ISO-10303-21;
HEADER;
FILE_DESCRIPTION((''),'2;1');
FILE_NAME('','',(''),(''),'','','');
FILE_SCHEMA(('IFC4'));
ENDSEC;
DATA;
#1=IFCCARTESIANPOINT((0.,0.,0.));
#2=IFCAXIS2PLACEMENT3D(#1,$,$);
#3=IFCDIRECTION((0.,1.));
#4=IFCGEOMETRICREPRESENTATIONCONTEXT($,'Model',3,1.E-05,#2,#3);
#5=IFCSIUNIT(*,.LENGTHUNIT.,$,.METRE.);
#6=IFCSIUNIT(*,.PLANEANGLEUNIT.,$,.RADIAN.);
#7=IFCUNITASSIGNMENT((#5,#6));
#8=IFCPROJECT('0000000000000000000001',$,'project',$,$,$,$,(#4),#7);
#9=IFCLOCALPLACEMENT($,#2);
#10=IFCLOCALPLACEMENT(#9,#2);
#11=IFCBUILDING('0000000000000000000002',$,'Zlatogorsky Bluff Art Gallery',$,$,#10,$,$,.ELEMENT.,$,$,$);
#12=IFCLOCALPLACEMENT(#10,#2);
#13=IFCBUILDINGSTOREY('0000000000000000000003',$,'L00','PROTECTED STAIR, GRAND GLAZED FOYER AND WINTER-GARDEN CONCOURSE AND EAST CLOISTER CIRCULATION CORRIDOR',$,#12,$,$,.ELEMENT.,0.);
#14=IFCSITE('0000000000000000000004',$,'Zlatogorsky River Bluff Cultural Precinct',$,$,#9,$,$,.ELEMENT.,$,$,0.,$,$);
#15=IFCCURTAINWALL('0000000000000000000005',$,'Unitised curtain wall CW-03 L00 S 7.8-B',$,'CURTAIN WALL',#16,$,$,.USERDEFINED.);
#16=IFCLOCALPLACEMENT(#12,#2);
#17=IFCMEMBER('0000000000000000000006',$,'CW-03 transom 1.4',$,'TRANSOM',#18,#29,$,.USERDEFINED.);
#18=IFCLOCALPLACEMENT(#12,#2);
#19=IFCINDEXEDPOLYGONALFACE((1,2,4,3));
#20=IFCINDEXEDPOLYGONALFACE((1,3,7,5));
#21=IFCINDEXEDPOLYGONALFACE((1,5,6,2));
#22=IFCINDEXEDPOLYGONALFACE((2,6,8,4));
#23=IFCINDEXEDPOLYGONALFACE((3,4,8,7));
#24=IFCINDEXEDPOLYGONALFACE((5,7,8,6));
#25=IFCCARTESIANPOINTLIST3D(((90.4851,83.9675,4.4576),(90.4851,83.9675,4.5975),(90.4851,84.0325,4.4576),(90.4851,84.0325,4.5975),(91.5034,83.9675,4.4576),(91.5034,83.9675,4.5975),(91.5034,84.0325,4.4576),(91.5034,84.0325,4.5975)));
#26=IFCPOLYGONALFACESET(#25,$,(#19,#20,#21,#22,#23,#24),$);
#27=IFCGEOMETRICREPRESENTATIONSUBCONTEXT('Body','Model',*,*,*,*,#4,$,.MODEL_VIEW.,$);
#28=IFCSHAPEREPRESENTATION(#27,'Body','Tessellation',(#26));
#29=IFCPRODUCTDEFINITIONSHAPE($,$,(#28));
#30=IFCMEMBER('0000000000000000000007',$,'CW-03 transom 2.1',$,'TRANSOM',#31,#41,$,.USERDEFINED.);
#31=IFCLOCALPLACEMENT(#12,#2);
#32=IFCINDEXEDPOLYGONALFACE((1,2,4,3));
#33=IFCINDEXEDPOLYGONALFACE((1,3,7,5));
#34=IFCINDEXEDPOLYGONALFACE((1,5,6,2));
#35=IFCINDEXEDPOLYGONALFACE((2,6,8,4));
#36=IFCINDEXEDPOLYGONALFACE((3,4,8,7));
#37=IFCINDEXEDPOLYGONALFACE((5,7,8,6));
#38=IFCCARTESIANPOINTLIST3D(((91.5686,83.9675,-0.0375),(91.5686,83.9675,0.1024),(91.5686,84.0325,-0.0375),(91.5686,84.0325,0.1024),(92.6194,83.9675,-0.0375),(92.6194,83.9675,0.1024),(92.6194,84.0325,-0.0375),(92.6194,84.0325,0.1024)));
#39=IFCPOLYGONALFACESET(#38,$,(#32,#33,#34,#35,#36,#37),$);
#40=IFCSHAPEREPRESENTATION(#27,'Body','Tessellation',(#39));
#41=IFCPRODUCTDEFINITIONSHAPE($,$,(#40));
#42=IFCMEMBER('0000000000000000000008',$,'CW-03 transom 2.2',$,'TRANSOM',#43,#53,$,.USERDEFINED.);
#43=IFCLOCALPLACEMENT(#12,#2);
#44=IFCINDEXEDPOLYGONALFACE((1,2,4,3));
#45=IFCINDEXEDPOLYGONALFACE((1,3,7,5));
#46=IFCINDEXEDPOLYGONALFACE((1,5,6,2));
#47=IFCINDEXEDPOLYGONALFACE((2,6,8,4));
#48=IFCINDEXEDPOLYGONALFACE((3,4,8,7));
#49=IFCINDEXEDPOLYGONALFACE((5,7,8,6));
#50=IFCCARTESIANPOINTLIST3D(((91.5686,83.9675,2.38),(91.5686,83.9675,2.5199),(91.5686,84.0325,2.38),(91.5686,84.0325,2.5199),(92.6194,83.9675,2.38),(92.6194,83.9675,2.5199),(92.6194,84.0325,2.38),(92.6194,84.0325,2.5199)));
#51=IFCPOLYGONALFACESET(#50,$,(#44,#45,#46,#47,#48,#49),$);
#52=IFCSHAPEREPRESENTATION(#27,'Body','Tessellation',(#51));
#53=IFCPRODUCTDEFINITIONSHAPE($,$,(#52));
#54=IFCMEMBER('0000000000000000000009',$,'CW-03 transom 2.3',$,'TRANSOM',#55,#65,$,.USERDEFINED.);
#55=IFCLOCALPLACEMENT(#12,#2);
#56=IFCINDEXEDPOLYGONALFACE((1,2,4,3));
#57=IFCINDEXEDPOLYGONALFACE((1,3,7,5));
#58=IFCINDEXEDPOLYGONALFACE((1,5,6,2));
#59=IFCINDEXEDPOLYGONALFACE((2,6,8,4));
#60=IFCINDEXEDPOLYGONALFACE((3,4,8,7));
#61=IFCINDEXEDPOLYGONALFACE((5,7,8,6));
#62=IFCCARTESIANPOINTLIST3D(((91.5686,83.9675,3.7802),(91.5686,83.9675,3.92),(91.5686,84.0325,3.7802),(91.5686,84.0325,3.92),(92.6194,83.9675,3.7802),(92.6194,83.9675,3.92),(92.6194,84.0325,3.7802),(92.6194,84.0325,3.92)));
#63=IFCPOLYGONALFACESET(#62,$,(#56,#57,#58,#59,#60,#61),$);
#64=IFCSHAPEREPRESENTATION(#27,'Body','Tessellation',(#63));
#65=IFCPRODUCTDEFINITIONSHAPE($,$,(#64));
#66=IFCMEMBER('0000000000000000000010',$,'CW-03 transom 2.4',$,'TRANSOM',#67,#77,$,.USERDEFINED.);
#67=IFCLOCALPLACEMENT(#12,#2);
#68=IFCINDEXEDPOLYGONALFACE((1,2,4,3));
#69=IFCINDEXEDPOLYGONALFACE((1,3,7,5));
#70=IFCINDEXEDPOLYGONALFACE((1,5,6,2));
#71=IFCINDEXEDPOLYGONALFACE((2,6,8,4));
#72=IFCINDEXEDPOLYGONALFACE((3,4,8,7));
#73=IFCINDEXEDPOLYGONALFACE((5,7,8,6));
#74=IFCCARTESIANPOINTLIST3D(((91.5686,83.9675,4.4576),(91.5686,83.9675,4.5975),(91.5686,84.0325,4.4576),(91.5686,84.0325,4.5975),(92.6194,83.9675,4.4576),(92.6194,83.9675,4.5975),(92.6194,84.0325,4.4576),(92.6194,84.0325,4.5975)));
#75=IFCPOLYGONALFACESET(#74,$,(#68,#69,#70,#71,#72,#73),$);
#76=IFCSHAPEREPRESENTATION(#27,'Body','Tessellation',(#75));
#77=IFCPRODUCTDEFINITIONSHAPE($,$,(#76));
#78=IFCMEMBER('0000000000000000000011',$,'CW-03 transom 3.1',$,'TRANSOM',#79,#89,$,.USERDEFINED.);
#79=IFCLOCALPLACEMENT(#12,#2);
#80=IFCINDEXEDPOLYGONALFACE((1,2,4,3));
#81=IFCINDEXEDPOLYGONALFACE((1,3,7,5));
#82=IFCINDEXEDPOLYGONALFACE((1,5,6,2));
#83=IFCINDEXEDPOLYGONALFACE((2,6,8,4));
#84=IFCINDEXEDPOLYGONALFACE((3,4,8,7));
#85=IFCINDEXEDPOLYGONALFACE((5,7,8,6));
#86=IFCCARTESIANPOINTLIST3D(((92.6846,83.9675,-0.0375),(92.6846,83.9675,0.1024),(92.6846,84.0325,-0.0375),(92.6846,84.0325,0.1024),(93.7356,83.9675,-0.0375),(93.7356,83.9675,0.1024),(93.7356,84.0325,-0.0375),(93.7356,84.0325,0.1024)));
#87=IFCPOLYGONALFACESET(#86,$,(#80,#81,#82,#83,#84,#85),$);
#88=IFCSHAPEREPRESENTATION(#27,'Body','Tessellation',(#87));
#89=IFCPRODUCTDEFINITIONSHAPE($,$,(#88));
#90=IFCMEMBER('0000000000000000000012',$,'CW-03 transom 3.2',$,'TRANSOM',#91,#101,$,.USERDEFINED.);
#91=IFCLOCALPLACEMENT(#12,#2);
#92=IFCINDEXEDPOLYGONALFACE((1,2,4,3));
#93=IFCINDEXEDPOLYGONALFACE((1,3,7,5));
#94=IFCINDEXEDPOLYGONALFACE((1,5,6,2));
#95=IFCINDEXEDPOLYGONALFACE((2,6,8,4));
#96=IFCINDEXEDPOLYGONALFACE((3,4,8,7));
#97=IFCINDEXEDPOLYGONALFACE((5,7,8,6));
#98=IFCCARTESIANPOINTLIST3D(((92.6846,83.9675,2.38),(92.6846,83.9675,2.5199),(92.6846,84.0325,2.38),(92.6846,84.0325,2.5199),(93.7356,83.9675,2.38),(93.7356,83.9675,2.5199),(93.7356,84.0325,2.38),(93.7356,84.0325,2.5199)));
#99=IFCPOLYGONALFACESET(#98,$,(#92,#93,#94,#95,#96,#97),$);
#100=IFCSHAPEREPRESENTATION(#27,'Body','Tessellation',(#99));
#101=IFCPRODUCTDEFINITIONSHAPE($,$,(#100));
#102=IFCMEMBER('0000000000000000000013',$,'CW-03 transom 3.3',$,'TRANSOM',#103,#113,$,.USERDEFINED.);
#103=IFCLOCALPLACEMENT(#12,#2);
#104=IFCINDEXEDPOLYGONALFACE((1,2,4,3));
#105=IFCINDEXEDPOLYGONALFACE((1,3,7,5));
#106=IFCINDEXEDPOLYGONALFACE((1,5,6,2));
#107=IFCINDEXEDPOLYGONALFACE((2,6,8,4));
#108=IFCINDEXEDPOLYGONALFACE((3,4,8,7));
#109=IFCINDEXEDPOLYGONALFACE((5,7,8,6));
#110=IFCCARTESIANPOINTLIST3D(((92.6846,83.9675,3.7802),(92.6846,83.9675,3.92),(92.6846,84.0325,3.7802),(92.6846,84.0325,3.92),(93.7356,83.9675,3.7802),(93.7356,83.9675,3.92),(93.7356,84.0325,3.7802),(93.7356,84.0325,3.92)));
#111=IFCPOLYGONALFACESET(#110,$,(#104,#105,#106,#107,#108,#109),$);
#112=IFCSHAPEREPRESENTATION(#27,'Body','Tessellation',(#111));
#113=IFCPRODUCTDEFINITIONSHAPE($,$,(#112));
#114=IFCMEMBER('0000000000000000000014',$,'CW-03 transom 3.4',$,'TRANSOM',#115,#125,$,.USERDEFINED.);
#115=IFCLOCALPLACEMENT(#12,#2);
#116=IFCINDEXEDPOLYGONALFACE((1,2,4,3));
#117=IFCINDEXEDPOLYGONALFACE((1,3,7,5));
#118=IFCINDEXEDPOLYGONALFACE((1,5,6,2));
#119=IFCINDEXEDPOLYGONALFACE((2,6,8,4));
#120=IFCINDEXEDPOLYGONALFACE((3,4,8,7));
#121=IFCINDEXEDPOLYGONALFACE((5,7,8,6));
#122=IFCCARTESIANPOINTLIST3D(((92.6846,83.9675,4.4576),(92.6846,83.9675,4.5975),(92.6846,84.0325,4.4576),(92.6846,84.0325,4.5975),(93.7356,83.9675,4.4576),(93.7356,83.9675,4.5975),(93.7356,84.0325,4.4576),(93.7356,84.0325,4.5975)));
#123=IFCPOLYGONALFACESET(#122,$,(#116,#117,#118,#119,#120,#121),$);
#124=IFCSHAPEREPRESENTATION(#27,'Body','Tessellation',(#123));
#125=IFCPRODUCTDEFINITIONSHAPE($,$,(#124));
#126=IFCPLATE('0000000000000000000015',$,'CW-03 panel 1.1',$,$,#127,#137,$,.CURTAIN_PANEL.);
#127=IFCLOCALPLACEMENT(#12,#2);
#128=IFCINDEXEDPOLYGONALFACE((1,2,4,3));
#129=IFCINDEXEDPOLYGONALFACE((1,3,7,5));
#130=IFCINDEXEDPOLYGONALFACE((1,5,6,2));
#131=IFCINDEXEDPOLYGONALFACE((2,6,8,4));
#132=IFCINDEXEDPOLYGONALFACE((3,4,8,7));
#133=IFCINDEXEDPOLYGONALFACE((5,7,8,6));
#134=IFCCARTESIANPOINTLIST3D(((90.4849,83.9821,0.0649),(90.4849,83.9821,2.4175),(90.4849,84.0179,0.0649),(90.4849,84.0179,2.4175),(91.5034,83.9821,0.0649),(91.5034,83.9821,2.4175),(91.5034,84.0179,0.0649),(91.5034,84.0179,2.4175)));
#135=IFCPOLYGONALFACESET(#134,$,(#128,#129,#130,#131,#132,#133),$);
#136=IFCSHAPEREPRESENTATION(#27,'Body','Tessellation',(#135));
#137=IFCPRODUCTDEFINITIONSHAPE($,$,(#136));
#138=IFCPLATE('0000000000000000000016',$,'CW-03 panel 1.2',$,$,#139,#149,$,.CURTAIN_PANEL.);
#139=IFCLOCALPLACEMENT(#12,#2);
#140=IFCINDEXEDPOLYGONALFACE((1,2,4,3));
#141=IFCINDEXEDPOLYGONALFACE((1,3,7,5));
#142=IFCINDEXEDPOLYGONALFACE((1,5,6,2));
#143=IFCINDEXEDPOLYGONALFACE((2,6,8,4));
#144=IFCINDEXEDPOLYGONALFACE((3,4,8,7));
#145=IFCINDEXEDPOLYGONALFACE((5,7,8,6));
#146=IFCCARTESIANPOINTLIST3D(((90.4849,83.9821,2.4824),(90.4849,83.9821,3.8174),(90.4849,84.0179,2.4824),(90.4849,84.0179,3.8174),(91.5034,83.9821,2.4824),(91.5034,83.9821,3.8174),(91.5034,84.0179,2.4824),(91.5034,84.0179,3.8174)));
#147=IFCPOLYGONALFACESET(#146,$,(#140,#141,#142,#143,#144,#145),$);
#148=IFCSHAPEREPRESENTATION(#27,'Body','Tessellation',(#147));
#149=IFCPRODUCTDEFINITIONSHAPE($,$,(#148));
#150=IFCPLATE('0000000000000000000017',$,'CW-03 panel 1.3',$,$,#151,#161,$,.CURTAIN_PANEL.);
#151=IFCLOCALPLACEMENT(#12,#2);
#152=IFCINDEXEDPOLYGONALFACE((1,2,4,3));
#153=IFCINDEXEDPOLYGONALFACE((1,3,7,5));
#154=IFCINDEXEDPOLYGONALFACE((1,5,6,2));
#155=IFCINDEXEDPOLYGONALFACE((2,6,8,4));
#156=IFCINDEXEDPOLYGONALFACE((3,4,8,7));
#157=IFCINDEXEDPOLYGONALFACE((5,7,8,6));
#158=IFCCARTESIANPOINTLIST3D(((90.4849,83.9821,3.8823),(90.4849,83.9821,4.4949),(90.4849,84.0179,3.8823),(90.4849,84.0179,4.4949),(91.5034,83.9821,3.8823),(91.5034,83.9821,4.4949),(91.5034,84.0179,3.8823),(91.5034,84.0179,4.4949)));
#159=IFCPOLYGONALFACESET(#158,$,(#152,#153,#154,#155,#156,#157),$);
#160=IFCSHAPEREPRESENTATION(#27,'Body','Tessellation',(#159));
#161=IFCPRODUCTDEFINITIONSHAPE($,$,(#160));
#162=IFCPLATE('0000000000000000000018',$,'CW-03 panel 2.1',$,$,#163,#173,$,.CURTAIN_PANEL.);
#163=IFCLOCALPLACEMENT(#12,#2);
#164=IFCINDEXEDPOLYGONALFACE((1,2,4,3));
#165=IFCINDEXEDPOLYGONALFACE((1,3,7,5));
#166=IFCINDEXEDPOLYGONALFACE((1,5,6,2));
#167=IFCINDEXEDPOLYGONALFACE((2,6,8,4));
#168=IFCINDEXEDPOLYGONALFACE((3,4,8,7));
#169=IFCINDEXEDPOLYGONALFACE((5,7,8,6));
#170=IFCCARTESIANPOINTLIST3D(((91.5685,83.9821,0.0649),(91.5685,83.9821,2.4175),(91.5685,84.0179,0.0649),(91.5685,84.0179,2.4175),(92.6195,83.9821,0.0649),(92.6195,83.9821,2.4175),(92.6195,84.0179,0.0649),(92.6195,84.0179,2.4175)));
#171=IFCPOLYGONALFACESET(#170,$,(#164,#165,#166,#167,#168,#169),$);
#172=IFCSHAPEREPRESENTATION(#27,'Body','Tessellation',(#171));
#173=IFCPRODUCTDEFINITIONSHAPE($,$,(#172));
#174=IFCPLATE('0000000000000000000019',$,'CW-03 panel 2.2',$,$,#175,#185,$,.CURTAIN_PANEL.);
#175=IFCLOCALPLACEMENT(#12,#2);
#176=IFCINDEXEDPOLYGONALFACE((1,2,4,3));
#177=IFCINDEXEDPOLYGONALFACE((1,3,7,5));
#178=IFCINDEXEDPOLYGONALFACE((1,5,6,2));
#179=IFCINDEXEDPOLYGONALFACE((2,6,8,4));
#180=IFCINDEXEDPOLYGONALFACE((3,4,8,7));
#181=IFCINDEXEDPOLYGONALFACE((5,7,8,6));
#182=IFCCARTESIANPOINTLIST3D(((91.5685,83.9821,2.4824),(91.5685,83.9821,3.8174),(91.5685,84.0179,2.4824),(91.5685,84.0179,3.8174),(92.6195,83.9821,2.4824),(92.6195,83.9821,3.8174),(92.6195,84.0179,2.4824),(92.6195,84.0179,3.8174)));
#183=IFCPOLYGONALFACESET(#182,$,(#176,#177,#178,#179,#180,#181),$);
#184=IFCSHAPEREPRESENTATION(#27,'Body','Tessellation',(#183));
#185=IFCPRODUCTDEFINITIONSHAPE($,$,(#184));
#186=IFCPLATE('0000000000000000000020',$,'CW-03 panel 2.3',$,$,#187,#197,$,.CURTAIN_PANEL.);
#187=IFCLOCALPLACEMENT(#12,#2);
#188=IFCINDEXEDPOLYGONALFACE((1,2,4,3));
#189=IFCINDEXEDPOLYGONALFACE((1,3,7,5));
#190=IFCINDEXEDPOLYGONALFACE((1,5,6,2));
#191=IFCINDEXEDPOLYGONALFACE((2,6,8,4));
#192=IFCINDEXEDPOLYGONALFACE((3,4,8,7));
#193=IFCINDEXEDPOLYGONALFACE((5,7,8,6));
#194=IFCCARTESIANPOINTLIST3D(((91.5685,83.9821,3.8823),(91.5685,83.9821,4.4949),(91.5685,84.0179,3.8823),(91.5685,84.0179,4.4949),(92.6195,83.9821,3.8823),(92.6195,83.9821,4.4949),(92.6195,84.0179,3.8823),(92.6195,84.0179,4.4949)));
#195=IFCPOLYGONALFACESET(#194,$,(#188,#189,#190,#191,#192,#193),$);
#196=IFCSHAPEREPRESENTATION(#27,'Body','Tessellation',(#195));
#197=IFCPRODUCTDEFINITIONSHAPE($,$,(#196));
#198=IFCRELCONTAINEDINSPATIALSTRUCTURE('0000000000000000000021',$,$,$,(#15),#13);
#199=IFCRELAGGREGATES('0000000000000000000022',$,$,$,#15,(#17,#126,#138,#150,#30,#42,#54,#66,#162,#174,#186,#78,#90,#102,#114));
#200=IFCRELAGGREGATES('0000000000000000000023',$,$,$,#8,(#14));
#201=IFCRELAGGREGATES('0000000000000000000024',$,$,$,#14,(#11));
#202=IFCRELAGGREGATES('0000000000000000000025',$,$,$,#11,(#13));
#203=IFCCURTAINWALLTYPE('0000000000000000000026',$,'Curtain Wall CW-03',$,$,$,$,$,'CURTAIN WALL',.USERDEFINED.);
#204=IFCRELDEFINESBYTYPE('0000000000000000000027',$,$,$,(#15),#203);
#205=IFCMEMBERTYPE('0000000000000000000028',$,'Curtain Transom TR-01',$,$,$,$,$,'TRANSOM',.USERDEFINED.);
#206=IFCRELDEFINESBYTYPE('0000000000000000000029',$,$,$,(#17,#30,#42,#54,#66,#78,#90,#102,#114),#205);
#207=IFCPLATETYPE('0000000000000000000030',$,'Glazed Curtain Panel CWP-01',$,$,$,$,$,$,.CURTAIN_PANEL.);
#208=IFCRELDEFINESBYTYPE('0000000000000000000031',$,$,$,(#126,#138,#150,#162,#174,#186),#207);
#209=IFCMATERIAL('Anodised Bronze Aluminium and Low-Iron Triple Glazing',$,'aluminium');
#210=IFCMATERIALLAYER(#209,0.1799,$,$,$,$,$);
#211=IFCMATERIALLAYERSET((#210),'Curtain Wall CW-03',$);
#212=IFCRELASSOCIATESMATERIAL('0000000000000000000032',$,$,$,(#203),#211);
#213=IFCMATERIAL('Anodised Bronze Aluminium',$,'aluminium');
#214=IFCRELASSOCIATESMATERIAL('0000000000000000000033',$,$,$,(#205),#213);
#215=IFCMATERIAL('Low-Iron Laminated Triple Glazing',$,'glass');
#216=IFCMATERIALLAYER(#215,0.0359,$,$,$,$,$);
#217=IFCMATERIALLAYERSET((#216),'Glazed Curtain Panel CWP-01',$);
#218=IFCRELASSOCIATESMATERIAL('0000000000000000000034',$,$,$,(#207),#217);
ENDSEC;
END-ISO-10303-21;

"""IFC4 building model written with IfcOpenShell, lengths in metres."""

from ifc_helpers import new_model, si_unit, direction, frame, origin, origin_2d, place, context, subcontext, project, spatial, rectangle, extrude, material, layer, layer_set, material_profile, profile_set, type_object, element, aggregate, save


model = new_model("IFC4")

# Units and contexts
model_context = context("Model", 3, precision=1e-05, world=origin(), true_north=direction((0.0, 1.0)))
body_context = subcontext(model_context, "Body", "Model", "MODEL_VIEW")
ifc_project = project(units=[si_unit("LENGTHUNIT", "METRE"), si_unit("PLANEANGLEUNIT", "RADIAN")], contexts=[model_context])

# Site, building, storey
site_placement = place(None, origin())
site = spatial("IfcSite", under=ifc_project, at=site_placement, Name="Zlatogorsky River Bluff Cultural Precinct", CompositionType="ELEMENT", RefElevation=0.0)
building_placement = place(site_placement, origin())
building = spatial("IfcBuilding", under=site, at=building_placement, Name="Zlatogorsky Bluff Art Gallery", CompositionType="ELEMENT")
storey_placement = place(building_placement, origin())
storey = spatial("IfcBuildingStorey", under=building, at=storey_placement, Name="L00", Description="PROTECTED STAIR, GRAND GLAZED FOYER AND WINTER-GARDEN CONCOURSE AND EAST CLOISTER CIRCULATION CORRIDOR", CompositionType="ELEMENT", Elevation=0.0)

# Curtain wall, members, plates
ifc_material_1 = material(Name="Anodised Bronze Aluminium and Low-Iron Triple Glazing", Category="aluminium")
ifc_layer_1 = layer(ifc_material_1, 0.1799)
ifc_layer_set_1 = layer_set([ifc_layer_1], Name="Curtain Wall CW-03")
curtain_wall_type = type_object("IfcCurtainWallType", Name="Curtain Wall CW-03", ElementType="CURTAIN WALL", PredefinedType="USERDEFINED", material=ifc_layer_set_1)
curtain_wall_placement = place(storey_placement, origin())
curtain_wall = element("IfcCurtainWall", 1, at=curtain_wall_placement, inside=storey, type_object=curtain_wall_type, Name="Unitised curtain wall CW-03 L00 S 7.8-B", ObjectType="CURTAIN WALL", PredefinedType="USERDEFINED")
ifc_material_2 = material(Name="Anodised Bronze Aluminium", Category="aluminium")
ifc_material_profile_1 = material_profile(ifc_material_2, rectangle(XDim=0.0649, YDim=0.1399, at=origin_2d()), Name="ALU TRANSOM 65x140")
ifc_profile_set_1 = profile_set([ifc_material_profile_1], Name="Anodised Bronze Aluminium")
member_type_1 = type_object("IfcMemberType", Name="Curtain Transom TR-01", ElementType="TRANSOM", PredefinedType="USERDEFINED", material=ifc_profile_set_1)
member_1_placement = place(storey_placement, frame((90.4851, 84.0, 4.5276), z_axis=(1.0, 0.0, 0.0), x_axis=(0.0, 1.0, 0.0)))
member_1 = element("IfcMember", 2, at=member_1_placement, type_object=member_type_1, Name="CW-03 transom 1.4", ObjectType="TRANSOM", PredefinedType="USERDEFINED", context=body_context, shape_type="SweptSolid", body=[
    extrude(rectangle(XDim=0.0649, YDim=0.1399, at=origin_2d()), origin(), (0.0, 0.0, 1.0), 1.0183),
])
member_2_placement = place(storey_placement, frame((91.5686, 84.0, 0.0325), z_axis=(1.0, 0.0, 0.0), x_axis=(0.0, 1.0, 0.0)))
member_2 = element("IfcMember", 3, at=member_2_placement, type_object=member_type_1, Name="CW-03 transom 2.1", ObjectType="TRANSOM", PredefinedType="USERDEFINED", context=body_context, shape_type="SweptSolid", body=[
    extrude(rectangle(XDim=0.0649, YDim=0.1399, at=origin_2d()), origin(), (0.0, 0.0, 1.0), 1.0508),
])
member_3_placement = place(storey_placement, frame((91.5686, 84.0, 2.45), z_axis=(1.0, 0.0, 0.0), x_axis=(0.0, 1.0, 0.0)))
member_3 = element("IfcMember", 4, at=member_3_placement, type_object=member_type_1, Name="CW-03 transom 2.2", ObjectType="TRANSOM", PredefinedType="USERDEFINED", context=body_context, shape_type="SweptSolid", body=[
    extrude(rectangle(XDim=0.0649, YDim=0.1399, at=origin_2d()), origin(), (0.0, 0.0, 1.0), 1.0508),
])
member_4_placement = place(storey_placement, frame((91.5686, 84.0, 3.8501), z_axis=(1.0, 0.0, 0.0), x_axis=(0.0, 1.0, 0.0)))
member_4 = element("IfcMember", 5, at=member_4_placement, type_object=member_type_1, Name="CW-03 transom 2.3", ObjectType="TRANSOM", PredefinedType="USERDEFINED", context=body_context, shape_type="SweptSolid", body=[
    extrude(rectangle(XDim=0.0649, YDim=0.1399, at=origin_2d()), origin(), (0.0, 0.0, 1.0), 1.0508),
])
member_5_placement = place(storey_placement, frame((91.5686, 84.0, 4.5276), z_axis=(1.0, 0.0, 0.0), x_axis=(0.0, 1.0, 0.0)))
member_5 = element("IfcMember", 6, at=member_5_placement, type_object=member_type_1, Name="CW-03 transom 2.4", ObjectType="TRANSOM", PredefinedType="USERDEFINED", context=body_context, shape_type="SweptSolid", body=[
    extrude(rectangle(XDim=0.0649, YDim=0.1399, at=origin_2d()), origin(), (0.0, 0.0, 1.0), 1.0508),
])
member_6_placement = place(storey_placement, frame((92.6846, 84.0, 0.0325), z_axis=(1.0, 0.0, 0.0), x_axis=(0.0, 1.0, 0.0)))
member_6 = element("IfcMember", 7, at=member_6_placement, type_object=member_type_1, Name="CW-03 transom 3.1", ObjectType="TRANSOM", PredefinedType="USERDEFINED", context=body_context, shape_type="SweptSolid", body=[
    extrude(rectangle(XDim=0.0649, YDim=0.1399, at=origin_2d()), origin(), (0.0, 0.0, 1.0), 1.051),
])
member_7_placement = place(storey_placement, frame((92.6846, 84.0, 2.45), z_axis=(1.0, 0.0, 0.0), x_axis=(0.0, 1.0, 0.0)))
member_7 = element("IfcMember", 8, at=member_7_placement, type_object=member_type_1, Name="CW-03 transom 3.2", ObjectType="TRANSOM", PredefinedType="USERDEFINED", context=body_context, shape_type="SweptSolid", body=[
    extrude(rectangle(XDim=0.0649, YDim=0.1399, at=origin_2d()), origin(), (0.0, 0.0, 1.0), 1.051),
])
member_8_placement = place(storey_placement, frame((92.6846, 84.0, 3.8501), z_axis=(1.0, 0.0, 0.0), x_axis=(0.0, 1.0, 0.0)))
member_8 = element("IfcMember", 9, at=member_8_placement, type_object=member_type_1, Name="CW-03 transom 3.3", ObjectType="TRANSOM", PredefinedType="USERDEFINED", context=body_context, shape_type="SweptSolid", body=[
    extrude(rectangle(XDim=0.0649, YDim=0.1399, at=origin_2d()), origin(), (0.0, 0.0, 1.0), 1.051),
])
member_9_placement = place(storey_placement, frame((92.6846, 84.0, 4.5276), z_axis=(1.0, 0.0, 0.0), x_axis=(0.0, 1.0, 0.0)))
member_9 = element("IfcMember", 10, at=member_9_placement, type_object=member_type_1, Name="CW-03 transom 3.4", ObjectType="TRANSOM", PredefinedType="USERDEFINED", context=body_context, shape_type="SweptSolid", body=[
    extrude(rectangle(XDim=0.0649, YDim=0.1399, at=origin_2d()), origin(), (0.0, 0.0, 1.0), 1.051),
])
ifc_material_3 = material(Name="Low-Iron Laminated Triple Glazing", Category="glass")
ifc_layer_2 = layer(ifc_material_3, 0.0359)
ifc_layer_set_2 = layer_set([ifc_layer_2], Name="Glazed Curtain Panel CWP-01")
plate_type = type_object("IfcPlateType", Name="Glazed Curtain Panel CWP-01", PredefinedType="CURTAIN_PANEL", material=ifc_layer_set_2)
plate_1_placement = place(storey_placement, frame((90.9941, 84.0, 0.0649), z_axis=(0.0, 0.0, 1.0), x_axis=(1.0, 0.0, 0.0)))
plate_1 = element("IfcPlate", 11, at=plate_1_placement, type_object=plate_type, Name="CW-03 panel 1.1", PredefinedType="CURTAIN_PANEL", context=body_context, shape_type="SweptSolid", body=[
    extrude(rectangle(XDim=1.0186, YDim=0.0359, at=origin_2d()), origin(), (0.0, 0.0, 1.0), 2.3525),
])
plate_2_placement = place(storey_placement, frame((90.9941, 84.0, 2.4824), z_axis=(0.0, 0.0, 1.0), x_axis=(1.0, 0.0, 0.0)))
plate_2 = element("IfcPlate", 12, at=plate_2_placement, type_object=plate_type, Name="CW-03 panel 1.2", PredefinedType="CURTAIN_PANEL", context=body_context, shape_type="SweptSolid", body=[
    extrude(rectangle(XDim=1.0186, YDim=0.0359, at=origin_2d()), origin(), (0.0, 0.0, 1.0), 1.335),
])
plate_3_placement = place(storey_placement, frame((90.9941, 84.0, 3.8823), z_axis=(0.0, 0.0, 1.0), x_axis=(1.0, 0.0, 0.0)))
plate_3 = element("IfcPlate", 13, at=plate_3_placement, type_object=plate_type, Name="CW-03 panel 1.3", PredefinedType="CURTAIN_PANEL", context=body_context, shape_type="SweptSolid", body=[
    extrude(rectangle(XDim=1.0186, YDim=0.0359, at=origin_2d()), origin(), (0.0, 0.0, 1.0), 0.6125),
])
plate_4_placement = place(storey_placement, frame((92.094, 84.0, 0.0649), z_axis=(0.0, 0.0, 1.0), x_axis=(1.0, 0.0, 0.0)))
plate_4 = element("IfcPlate", 14, at=plate_4_placement, type_object=plate_type, Name="CW-03 panel 2.1", PredefinedType="CURTAIN_PANEL", context=body_context, shape_type="SweptSolid", body=[
    extrude(rectangle(XDim=1.051, YDim=0.0359, at=origin_2d()), origin(), (0.0, 0.0, 1.0), 2.3525),
])
plate_5_placement = place(storey_placement, frame((92.094, 84.0, 2.4824), z_axis=(0.0, 0.0, 1.0), x_axis=(1.0, 0.0, 0.0)))
plate_5 = element("IfcPlate", 15, at=plate_5_placement, type_object=plate_type, Name="CW-03 panel 2.2", PredefinedType="CURTAIN_PANEL", context=body_context, shape_type="SweptSolid", body=[
    extrude(rectangle(XDim=1.051, YDim=0.0359, at=origin_2d()), origin(), (0.0, 0.0, 1.0), 1.335),
])
plate_6_placement = place(storey_placement, frame((92.094, 84.0, 3.8823), z_axis=(0.0, 0.0, 1.0), x_axis=(1.0, 0.0, 0.0)))
plate_6 = element("IfcPlate", 16, at=plate_6_placement, type_object=plate_type, Name="CW-03 panel 2.3", PredefinedType="CURTAIN_PANEL", context=body_context, shape_type="SweptSolid", body=[
    extrude(rectangle(XDim=1.051, YDim=0.0359, at=origin_2d()), origin(), (0.0, 0.0, 1.0), 0.6125),
])
aggregate(curtain_wall, [member_1, plate_1, plate_2, plate_3, member_2, member_3, member_4, member_5, plate_4, plate_5, plate_6, member_6, member_7, member_8, member_9])

save(model, "model.ifc")
